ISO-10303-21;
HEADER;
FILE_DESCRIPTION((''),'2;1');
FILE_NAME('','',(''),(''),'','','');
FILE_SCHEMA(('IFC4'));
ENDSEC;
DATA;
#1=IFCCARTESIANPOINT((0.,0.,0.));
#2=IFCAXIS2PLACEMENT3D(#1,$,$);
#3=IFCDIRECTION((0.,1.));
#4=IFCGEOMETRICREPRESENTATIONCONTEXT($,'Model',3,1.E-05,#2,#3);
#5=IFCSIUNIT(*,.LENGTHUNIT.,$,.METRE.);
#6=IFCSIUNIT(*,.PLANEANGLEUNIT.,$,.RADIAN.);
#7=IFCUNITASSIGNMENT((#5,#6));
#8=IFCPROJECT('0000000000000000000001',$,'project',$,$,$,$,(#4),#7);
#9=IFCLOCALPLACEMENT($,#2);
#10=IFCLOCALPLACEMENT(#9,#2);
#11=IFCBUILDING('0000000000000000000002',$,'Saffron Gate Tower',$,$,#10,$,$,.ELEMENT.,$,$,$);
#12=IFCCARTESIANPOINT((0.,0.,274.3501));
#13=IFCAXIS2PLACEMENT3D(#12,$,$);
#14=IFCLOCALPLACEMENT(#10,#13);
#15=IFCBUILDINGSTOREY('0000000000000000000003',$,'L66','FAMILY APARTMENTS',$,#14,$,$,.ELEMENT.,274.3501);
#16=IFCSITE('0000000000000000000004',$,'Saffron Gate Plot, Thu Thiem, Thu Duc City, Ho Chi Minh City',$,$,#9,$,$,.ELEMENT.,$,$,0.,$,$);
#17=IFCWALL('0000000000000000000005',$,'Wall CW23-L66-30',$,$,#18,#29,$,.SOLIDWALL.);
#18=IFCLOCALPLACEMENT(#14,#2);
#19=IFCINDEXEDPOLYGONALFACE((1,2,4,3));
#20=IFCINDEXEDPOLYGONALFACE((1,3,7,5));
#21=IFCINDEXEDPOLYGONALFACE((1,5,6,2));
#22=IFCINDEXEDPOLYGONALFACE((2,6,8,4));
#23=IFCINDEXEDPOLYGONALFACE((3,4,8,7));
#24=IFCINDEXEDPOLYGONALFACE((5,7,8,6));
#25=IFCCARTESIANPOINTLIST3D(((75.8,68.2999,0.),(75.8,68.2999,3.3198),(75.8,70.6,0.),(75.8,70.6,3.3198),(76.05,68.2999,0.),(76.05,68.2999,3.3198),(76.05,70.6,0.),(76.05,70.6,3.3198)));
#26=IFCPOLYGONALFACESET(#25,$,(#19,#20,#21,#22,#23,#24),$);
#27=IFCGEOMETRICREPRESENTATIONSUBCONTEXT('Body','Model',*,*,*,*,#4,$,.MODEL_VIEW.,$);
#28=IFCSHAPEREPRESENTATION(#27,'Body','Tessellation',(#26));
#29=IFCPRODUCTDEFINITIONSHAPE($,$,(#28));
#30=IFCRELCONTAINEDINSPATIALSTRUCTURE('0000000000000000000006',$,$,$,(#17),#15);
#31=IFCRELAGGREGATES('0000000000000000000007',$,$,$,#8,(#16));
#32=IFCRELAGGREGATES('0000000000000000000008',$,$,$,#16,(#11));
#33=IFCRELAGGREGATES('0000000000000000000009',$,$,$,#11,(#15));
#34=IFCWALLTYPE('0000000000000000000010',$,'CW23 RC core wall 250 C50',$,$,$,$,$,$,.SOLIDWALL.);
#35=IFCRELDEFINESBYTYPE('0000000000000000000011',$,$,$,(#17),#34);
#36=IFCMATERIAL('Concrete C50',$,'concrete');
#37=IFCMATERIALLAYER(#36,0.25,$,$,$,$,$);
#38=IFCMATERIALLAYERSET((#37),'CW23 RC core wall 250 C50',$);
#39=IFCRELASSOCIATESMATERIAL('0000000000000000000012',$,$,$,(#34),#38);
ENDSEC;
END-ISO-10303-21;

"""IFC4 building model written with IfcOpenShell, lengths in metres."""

from ifc_helpers import new_model, si_unit, direction, frame, frame_2d, origin, place, context, subcontext, project, spatial, rectangle, extrude, material, layer, layer_set, type_object, element, save


model = new_model("IFC4")

# Units and contexts
model_context = context("Model", 3, precision=1e-05, world=origin(), true_north=direction((0.0, 1.0)))
body_context = subcontext(model_context, "Body", "Model", "MODEL_VIEW")
ifc_project = project(units=[si_unit("LENGTHUNIT", "METRE"), si_unit("PLANEANGLEUNIT", "RADIAN")], contexts=[model_context])

# Site, building, storey
site_placement = place(None, origin())
site = spatial("IfcSite", under=ifc_project, at=site_placement, Name="Saffron Gate Plot, Thu Thiem, Thu Duc City, Ho Chi Minh City", CompositionType="ELEMENT", RefElevation=0.0)
building_placement = place(site_placement, origin())
building = spatial("IfcBuilding", under=site, at=building_placement, Name="Saffron Gate Tower", CompositionType="ELEMENT")
storey_placement = place(building_placement, frame((0.0, 0.0, 274.3501)))
storey = spatial("IfcBuildingStorey", under=building, at=storey_placement, Name="L66", Description="FAMILY APARTMENTS", CompositionType="ELEMENT", Elevation=274.3501)

# Wall
ifc_material_1 = material(Name="Concrete C50", Category="concrete")
ifc_layer_1 = layer(ifc_material_1, 0.25)
ifc_layer_set_1 = layer_set([ifc_layer_1], Name="CW23 RC core wall 250 C50")
wall_type_1 = type_object("IfcWallType", Name="CW23 RC core wall 250 C50", PredefinedType="SOLIDWALL", material=ifc_layer_set_1)
wall_1_placement = place(storey_placement, frame((75.925, 68.3, 0.0), z_axis=(0.0, 0.0, 1.0), x_axis=(0.0, 1.0, 0.0)))
element("IfcWall", 1, at=wall_1_placement, inside=storey, type_object=wall_type_1, Name="Wall CW23-L66-30", PredefinedType="SOLIDWALL", context=body_context, shape_type="SweptSolid", body=[
    extrude(rectangle(XDim=2.3, YDim=0.25, at=frame_2d((1.1499, 0.0))), origin(), (0.0, 0.0, 1.0), 3.3198),
])

save(model, "model.ifc")
